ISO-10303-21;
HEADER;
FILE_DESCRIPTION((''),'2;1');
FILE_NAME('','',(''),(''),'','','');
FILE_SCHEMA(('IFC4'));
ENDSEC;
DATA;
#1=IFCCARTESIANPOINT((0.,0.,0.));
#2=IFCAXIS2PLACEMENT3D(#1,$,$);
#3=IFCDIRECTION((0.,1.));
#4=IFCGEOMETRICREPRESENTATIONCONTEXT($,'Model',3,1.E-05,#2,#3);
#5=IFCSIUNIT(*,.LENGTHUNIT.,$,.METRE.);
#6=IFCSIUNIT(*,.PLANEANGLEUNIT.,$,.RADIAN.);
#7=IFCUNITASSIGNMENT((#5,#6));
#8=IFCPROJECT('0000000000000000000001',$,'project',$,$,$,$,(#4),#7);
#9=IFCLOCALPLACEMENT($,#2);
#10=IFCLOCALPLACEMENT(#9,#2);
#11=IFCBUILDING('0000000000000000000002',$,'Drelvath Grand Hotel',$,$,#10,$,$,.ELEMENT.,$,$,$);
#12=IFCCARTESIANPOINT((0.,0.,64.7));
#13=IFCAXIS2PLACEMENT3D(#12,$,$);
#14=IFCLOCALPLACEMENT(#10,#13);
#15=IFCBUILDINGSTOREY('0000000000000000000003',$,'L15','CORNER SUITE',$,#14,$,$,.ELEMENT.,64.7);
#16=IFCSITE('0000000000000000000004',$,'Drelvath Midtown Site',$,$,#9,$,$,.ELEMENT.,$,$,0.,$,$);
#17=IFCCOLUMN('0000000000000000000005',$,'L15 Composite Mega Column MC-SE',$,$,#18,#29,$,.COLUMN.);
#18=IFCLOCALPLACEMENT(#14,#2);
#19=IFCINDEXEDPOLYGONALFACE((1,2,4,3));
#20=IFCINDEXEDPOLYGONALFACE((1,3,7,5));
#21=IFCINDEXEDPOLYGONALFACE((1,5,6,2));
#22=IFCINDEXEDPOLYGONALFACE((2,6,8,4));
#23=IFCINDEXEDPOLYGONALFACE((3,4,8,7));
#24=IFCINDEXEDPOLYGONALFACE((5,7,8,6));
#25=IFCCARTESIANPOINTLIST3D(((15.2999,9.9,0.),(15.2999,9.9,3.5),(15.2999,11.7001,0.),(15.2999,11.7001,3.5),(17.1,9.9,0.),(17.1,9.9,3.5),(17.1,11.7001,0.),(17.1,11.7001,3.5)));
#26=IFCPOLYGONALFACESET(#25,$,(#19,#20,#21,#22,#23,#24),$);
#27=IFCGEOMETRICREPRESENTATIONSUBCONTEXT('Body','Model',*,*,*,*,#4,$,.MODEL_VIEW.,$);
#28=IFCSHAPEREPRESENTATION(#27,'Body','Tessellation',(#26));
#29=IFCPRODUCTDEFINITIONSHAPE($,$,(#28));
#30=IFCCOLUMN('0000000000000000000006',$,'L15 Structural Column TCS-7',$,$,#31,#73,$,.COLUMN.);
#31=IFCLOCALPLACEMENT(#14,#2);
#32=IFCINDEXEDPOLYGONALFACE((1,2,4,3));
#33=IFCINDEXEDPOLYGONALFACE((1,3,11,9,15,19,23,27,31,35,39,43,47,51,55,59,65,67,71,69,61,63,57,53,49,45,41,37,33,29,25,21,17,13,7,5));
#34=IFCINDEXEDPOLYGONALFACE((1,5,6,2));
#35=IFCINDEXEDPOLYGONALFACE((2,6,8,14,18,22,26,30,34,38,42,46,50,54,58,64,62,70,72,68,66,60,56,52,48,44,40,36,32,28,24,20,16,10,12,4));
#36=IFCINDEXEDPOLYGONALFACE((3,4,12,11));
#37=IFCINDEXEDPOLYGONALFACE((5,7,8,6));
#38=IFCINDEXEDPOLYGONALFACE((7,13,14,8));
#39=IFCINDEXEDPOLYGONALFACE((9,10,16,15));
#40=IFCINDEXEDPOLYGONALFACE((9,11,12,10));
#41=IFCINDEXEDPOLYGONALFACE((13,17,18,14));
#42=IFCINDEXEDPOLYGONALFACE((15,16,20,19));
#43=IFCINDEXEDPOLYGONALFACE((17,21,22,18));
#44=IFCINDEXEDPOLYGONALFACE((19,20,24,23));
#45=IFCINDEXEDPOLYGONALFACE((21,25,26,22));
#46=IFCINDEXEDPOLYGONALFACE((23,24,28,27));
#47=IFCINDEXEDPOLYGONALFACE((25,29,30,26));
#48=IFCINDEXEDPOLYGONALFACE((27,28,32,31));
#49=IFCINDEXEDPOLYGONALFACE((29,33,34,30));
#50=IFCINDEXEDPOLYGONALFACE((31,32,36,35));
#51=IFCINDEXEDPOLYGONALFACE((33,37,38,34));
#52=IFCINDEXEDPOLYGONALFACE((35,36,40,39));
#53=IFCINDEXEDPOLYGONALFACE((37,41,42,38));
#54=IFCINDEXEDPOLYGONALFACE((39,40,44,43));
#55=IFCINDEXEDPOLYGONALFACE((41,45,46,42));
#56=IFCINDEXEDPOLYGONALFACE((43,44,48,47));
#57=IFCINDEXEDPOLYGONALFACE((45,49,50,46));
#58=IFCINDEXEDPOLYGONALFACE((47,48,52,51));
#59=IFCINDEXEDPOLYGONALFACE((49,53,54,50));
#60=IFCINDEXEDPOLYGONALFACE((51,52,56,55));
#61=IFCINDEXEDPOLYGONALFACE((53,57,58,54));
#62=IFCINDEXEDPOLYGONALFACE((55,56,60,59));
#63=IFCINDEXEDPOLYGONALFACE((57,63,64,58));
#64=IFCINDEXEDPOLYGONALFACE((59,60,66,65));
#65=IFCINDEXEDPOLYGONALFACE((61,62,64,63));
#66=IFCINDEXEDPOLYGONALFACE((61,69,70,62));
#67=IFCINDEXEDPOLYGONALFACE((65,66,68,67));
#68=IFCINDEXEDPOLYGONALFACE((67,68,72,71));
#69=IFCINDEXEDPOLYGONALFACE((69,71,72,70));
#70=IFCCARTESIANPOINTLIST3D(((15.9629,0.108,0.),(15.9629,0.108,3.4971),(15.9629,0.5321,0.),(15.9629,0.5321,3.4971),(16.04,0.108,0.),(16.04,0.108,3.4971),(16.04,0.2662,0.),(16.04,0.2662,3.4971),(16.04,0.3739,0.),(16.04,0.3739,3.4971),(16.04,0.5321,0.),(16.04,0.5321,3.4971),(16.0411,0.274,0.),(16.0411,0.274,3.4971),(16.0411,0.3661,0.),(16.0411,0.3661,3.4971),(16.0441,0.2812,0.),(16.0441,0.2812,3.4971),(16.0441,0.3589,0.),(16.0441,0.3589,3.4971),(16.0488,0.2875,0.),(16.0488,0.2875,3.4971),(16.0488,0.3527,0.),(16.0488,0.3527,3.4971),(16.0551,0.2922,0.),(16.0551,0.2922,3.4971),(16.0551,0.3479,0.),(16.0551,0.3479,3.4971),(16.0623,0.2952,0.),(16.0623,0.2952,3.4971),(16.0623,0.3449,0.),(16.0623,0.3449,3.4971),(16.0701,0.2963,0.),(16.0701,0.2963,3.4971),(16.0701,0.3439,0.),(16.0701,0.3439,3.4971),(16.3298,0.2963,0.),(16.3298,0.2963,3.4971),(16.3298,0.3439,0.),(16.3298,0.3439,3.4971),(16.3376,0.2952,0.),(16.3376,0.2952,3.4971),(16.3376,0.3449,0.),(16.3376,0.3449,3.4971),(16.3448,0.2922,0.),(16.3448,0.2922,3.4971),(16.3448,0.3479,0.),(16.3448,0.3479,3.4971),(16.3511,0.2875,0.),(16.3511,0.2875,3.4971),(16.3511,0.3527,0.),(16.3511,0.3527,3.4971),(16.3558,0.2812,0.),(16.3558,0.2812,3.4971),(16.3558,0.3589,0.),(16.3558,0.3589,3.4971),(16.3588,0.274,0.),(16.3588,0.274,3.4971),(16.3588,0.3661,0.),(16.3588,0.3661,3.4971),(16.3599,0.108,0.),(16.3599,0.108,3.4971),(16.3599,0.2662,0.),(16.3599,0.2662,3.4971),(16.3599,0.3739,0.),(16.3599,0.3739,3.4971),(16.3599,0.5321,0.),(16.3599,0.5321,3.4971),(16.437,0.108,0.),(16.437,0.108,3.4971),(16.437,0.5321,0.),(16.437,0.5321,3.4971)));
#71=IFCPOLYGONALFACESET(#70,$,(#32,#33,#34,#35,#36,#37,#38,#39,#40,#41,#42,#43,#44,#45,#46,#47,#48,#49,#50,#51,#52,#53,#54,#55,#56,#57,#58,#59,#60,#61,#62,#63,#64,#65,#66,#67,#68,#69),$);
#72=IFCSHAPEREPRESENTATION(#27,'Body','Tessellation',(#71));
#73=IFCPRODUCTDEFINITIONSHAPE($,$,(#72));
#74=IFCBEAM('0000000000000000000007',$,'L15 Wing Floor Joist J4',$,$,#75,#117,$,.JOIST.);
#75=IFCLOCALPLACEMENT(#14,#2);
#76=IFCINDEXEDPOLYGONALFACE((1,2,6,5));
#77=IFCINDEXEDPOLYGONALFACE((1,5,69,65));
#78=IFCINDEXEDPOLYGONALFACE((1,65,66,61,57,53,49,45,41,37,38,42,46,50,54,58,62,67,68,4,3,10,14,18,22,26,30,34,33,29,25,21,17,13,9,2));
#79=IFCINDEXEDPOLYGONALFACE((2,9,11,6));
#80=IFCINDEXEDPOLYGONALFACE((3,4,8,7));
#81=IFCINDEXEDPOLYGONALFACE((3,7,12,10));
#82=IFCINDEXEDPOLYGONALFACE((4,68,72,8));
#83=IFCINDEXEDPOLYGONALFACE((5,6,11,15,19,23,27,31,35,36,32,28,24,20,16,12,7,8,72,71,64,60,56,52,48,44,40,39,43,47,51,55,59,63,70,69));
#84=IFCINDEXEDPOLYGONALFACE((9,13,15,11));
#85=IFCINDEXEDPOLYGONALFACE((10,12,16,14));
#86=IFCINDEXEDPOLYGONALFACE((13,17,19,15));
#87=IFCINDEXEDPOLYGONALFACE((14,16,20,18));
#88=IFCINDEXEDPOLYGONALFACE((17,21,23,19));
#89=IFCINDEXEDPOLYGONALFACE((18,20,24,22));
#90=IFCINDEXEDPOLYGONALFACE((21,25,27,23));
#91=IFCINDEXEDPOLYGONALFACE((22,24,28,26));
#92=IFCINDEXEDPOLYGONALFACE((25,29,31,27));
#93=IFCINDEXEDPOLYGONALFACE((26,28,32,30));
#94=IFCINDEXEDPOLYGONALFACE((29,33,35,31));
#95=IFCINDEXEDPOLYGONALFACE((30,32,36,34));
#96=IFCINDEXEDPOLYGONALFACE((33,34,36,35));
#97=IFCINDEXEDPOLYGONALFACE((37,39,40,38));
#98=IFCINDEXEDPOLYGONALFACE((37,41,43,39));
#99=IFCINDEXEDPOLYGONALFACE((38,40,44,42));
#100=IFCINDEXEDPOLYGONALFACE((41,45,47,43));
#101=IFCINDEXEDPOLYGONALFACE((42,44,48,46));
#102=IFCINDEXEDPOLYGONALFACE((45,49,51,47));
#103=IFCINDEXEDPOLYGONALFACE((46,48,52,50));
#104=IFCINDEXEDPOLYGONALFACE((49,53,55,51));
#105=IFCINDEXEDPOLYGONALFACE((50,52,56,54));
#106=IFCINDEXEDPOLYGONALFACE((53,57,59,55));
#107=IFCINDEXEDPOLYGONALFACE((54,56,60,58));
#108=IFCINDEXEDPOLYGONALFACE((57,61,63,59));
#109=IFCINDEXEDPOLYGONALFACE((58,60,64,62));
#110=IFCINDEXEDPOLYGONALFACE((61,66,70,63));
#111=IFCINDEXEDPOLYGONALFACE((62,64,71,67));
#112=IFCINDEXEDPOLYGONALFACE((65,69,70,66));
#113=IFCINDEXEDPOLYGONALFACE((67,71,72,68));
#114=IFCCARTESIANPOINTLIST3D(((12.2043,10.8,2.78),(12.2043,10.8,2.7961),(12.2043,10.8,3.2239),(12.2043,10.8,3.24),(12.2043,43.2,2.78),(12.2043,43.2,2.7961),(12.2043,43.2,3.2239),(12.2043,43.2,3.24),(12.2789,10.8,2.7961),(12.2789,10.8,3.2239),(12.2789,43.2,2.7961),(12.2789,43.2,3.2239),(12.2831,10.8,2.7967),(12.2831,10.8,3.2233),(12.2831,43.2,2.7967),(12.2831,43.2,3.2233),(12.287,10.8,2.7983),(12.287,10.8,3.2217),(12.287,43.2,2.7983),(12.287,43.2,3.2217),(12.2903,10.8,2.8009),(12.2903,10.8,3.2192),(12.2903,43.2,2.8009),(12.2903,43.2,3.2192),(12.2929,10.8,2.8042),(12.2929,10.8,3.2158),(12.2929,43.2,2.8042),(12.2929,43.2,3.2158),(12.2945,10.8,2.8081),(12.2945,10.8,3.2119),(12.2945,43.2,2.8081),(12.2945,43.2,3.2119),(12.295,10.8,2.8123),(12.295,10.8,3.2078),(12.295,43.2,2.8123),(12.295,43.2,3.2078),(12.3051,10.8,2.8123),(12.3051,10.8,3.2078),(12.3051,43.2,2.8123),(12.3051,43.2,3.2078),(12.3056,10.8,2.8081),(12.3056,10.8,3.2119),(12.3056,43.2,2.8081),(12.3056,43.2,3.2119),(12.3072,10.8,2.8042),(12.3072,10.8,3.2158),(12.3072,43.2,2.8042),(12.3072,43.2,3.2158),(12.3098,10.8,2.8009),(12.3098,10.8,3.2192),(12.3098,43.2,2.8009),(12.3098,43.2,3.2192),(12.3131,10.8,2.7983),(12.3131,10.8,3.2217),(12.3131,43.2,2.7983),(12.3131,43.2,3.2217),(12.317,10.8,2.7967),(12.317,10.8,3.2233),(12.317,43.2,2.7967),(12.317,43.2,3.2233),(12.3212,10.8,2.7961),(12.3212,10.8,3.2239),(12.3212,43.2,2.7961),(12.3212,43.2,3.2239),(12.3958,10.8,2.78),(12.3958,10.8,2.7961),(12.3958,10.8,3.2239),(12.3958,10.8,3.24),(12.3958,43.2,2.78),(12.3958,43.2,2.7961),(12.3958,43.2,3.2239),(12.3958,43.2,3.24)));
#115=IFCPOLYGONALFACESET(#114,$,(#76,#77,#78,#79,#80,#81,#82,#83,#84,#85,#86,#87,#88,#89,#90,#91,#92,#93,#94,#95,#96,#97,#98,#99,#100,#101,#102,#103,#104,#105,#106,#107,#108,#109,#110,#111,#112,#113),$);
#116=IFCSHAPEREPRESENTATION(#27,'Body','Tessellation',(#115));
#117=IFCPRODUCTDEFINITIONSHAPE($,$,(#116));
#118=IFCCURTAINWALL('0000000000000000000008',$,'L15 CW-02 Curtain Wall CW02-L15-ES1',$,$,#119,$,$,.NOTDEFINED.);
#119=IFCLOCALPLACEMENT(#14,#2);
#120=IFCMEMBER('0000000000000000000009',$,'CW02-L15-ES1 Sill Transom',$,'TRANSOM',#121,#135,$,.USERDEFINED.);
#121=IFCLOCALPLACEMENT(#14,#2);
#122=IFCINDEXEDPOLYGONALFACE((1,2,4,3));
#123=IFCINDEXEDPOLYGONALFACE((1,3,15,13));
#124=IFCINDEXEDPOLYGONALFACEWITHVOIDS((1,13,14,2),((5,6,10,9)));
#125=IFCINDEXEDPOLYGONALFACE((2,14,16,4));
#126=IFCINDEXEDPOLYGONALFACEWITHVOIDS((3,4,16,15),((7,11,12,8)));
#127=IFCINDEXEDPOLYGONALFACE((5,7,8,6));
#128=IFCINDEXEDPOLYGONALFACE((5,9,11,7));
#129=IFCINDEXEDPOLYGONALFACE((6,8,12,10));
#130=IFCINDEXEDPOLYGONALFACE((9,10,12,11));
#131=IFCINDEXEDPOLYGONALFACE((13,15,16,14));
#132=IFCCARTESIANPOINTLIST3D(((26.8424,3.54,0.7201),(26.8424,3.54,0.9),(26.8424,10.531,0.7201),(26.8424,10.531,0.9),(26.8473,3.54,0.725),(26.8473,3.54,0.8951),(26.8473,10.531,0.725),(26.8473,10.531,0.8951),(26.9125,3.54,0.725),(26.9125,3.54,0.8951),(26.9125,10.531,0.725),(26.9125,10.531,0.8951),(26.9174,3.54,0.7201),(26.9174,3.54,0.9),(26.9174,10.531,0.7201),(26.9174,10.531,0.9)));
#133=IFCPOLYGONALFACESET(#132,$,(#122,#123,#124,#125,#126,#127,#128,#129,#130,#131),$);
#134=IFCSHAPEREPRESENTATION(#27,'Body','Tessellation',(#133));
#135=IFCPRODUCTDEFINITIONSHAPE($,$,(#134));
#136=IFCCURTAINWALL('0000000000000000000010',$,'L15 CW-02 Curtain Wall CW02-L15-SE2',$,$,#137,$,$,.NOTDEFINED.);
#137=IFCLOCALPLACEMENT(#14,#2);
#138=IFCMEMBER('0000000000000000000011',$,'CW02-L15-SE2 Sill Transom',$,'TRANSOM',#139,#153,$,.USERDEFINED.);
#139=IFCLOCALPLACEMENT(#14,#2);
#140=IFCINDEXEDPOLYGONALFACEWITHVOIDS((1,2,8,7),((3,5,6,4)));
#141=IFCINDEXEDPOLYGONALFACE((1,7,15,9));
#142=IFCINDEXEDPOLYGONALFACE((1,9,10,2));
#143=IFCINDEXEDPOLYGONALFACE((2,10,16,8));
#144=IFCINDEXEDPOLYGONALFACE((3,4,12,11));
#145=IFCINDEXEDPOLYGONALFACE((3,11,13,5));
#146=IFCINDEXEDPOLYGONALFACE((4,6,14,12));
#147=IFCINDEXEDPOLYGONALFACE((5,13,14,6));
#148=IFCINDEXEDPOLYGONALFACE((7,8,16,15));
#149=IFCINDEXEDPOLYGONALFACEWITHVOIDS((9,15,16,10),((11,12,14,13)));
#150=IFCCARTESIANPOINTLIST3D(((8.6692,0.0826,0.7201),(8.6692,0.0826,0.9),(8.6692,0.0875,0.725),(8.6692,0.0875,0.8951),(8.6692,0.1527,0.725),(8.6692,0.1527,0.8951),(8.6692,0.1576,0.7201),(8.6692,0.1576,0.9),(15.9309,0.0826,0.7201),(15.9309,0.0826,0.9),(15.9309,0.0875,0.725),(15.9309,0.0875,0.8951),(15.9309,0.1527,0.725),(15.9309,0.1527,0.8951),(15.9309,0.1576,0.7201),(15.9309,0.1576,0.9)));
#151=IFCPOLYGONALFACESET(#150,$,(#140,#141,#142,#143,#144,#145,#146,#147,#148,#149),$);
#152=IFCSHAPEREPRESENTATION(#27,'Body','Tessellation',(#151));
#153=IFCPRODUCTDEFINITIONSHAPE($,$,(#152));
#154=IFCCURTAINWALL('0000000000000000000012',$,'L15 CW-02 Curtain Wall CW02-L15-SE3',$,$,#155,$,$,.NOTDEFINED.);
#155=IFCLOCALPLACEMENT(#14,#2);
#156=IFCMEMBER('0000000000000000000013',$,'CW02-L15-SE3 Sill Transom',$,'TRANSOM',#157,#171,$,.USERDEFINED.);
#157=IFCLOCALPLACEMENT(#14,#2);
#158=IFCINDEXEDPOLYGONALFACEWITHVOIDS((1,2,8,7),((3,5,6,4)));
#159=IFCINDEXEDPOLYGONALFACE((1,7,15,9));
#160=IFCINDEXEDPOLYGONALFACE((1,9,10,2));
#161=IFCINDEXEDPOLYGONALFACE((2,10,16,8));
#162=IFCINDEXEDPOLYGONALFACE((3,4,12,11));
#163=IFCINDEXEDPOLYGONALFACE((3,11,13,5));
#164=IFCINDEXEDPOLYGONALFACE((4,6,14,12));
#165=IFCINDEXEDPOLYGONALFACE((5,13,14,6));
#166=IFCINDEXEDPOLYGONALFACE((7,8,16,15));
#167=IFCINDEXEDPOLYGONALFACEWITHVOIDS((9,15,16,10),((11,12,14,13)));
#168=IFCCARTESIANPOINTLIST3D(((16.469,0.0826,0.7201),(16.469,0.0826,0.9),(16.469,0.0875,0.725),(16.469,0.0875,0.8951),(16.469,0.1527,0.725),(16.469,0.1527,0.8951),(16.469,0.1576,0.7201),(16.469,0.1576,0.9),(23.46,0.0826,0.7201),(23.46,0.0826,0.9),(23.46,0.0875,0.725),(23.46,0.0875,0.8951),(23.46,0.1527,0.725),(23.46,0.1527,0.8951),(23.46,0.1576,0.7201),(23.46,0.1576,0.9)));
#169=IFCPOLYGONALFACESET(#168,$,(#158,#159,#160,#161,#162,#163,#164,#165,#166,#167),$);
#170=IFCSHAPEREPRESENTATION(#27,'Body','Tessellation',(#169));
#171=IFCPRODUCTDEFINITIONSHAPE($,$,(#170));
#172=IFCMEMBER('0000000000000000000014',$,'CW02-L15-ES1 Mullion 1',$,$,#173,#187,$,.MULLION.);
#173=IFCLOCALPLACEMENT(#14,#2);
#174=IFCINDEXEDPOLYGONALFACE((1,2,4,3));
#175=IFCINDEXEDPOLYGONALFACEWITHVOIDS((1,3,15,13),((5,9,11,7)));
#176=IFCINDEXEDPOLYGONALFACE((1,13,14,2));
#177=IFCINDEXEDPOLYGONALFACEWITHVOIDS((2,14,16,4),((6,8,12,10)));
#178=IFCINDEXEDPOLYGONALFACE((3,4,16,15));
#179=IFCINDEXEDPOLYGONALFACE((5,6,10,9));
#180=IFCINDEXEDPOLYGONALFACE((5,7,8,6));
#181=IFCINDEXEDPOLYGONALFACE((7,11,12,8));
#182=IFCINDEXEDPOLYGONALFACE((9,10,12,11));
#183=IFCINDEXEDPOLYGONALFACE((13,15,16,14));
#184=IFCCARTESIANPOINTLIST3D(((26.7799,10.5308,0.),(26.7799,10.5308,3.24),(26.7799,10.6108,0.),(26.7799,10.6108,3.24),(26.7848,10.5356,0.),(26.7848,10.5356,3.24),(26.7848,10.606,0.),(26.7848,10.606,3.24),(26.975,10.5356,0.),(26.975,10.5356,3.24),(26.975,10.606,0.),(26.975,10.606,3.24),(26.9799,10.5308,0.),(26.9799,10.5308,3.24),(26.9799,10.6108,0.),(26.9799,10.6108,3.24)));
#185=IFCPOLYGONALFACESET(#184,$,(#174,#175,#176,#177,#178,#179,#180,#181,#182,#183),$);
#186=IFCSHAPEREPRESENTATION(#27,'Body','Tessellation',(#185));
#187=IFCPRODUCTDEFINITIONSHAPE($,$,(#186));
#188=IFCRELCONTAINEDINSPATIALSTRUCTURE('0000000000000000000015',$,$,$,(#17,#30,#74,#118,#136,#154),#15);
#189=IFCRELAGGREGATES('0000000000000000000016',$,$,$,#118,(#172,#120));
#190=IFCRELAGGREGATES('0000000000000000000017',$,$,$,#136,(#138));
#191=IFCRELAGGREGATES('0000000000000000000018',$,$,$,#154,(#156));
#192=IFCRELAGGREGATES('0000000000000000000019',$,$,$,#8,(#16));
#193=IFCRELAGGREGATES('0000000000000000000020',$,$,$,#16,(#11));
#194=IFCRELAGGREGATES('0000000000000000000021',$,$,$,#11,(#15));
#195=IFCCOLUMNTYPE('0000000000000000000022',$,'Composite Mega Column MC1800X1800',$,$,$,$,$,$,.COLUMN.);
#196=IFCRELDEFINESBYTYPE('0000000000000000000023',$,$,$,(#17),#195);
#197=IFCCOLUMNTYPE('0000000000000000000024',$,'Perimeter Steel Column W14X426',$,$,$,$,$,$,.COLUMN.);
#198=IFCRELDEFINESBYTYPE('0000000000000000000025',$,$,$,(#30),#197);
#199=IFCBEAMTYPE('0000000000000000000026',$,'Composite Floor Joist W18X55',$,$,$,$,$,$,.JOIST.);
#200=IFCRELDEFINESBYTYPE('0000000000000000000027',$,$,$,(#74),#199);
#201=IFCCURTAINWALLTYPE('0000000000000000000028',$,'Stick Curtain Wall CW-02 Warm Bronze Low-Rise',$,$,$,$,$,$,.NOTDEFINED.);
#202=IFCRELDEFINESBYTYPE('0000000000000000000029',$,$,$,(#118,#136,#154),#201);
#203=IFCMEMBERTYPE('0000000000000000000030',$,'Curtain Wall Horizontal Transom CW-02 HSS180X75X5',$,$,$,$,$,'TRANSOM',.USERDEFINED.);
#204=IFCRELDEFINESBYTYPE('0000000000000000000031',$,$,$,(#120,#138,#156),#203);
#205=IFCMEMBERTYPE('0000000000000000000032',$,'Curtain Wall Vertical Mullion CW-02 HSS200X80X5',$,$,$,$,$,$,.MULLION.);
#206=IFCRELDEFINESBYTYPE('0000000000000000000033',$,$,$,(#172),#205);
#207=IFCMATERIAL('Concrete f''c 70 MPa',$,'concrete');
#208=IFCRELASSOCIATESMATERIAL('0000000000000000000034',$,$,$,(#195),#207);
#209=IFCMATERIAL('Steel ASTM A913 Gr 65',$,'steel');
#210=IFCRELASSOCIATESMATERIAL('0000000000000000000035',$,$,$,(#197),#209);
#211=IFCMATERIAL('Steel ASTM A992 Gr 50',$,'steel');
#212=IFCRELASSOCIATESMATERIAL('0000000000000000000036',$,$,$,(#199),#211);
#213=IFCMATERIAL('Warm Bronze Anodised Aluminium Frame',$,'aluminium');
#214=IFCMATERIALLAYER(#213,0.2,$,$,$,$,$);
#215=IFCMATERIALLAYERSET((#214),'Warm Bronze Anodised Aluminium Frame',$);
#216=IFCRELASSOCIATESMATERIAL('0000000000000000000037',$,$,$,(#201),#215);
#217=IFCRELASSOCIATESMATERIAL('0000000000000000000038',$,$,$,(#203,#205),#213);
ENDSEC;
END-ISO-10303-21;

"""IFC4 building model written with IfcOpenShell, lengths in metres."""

from ifc_helpers import new_model, si_unit, direction, frame, origin, origin_2d, place, context, subcontext, project, spatial, rectangle, hollow_rectangle, i_section, extrude, material, layer, layer_set, material_profile, profile_set, type_object, element, aggregate, save


model = new_model("IFC4")

# Units and contexts
model_context = context("Model", 3, precision=1e-05, world=origin(), true_north=direction((0.0, 1.0)))
body_context = subcontext(model_context, "Body", "Model", "MODEL_VIEW")
ifc_project = project(units=[si_unit("LENGTHUNIT", "METRE"), si_unit("PLANEANGLEUNIT", "RADIAN")], contexts=[model_context])

# Site, building, storey
site_placement = place(None, origin())
site = spatial("IfcSite", under=ifc_project, at=site_placement, Name="Drelvath Midtown Site", CompositionType="ELEMENT", RefElevation=0.0)
building_placement = place(site_placement, origin())
building = spatial("IfcBuilding", under=site, at=building_placement, Name="Drelvath Grand Hotel", CompositionType="ELEMENT")
storey_placement = place(building_placement, frame((0.0, 0.0, 64.7)))
storey = spatial("IfcBuildingStorey", under=building, at=storey_placement, Name="L15", Description="CORNER SUITE", CompositionType="ELEMENT", Elevation=64.7)

# Columns
ifc_material_1 = material(Name="Concrete f'c 70 MPa", Category="concrete")
ifc_material_profile_1 = material_profile(ifc_material_1, rectangle(XDim=1.8, YDim=1.8, at=origin_2d()), Name="MC1800X1800")
ifc_profile_set_1 = profile_set([ifc_material_profile_1], Name="Concrete f'c 70 MPa")
column_type_1 = type_object("IfcColumnType", Name="Composite Mega Column MC1800X1800", PredefinedType="COLUMN", material=ifc_profile_set_1)
column_1_placement = place(storey_placement, frame((16.2, 10.8, 0.0), z_axis=(0.0, 0.0, 1.0), x_axis=(1.0, 0.0, 0.0)))
element("IfcColumn", 1, at=column_1_placement, inside=storey, type_object=column_type_1, Name="L15 Composite Mega Column MC-SE", PredefinedType="COLUMN", context=body_context, shape_type="SweptSolid", body=[
    extrude(rectangle(XDim=1.8, YDim=1.8, at=origin_2d()), origin(), (0.0, 0.0, 1.0), 3.5),
])
ifc_material_2 = material(Name="Steel ASTM A913 Gr 65", Category="steel")
ifc_material_profile_2 = material_profile(ifc_material_2, i_section(OverallWidth=0.4241, OverallDepth=0.4741, WebThickness=0.0476, FlangeThickness=0.0771, FilletRadius=0.03, at=origin_2d()), Name="W14X426")
ifc_profile_set_2 = profile_set([ifc_material_profile_2], Name="Steel ASTM A913 Gr 65")
column_type_2 = type_object("IfcColumnType", Name="Perimeter Steel Column W14X426", PredefinedType="COLUMN", material=ifc_profile_set_2)
column_2_placement = place(storey_placement, frame((16.2, 0.3201, 0.0), z_axis=(0.0, 0.0, 1.0), x_axis=(0.0, 1.0, 0.0)))
element("IfcColumn", 2, at=column_2_placement, inside=storey, type_object=column_type_2, Name="L15 Structural Column TCS-7", PredefinedType="COLUMN", context=body_context, shape_type="SweptSolid", body=[
    extrude(i_section(OverallWidth=0.4241, OverallDepth=0.4741, WebThickness=0.0476, FlangeThickness=0.0771, FilletRadius=0.03, at=origin_2d()), origin(), (0.0, 0.0, 1.0), 3.4971),
])

# Beam
ifc_material_3 = material(Name="Steel ASTM A992 Gr 50", Category="steel")
ifc_material_profile_3 = material_profile(ifc_material_3, i_section(OverallWidth=0.1914, OverallDepth=0.46, WebThickness=0.01, FlangeThickness=0.0161, FilletRadius=0.0161, at=origin_2d()), Name="W18X55")
ifc_profile_set_3 = profile_set([ifc_material_profile_3], Name="Steel ASTM A992 Gr 50")
beam_type_1 = type_object("IfcBeamType", Name="Composite Floor Joist W18X55", PredefinedType="JOIST", material=ifc_profile_set_3)
beam_1_placement = place(storey_placement, frame((12.3, 10.8, 3.01), z_axis=(0.0, 1.0, 0.0), x_axis=(-1.0, 0.0, 0.0)))
element("IfcBeam", 3, at=beam_1_placement, inside=storey, type_object=beam_type_1, Name="L15 Wing Floor Joist J4", PredefinedType="JOIST", context=body_context, shape_type="SweptSolid", body=[
    extrude(i_section(OverallWidth=0.1914, OverallDepth=0.46, WebThickness=0.01, FlangeThickness=0.0161, FilletRadius=0.0161, at=origin_2d()), origin(), (0.0, 0.0, 1.0), 32.3999),
])

# Curtain walls, members
ifc_material_4 = material(Name="Warm Bronze Anodised Aluminium Frame", Category="aluminium")
ifc_layer_1 = layer(ifc_material_4, 0.2)
ifc_layer_set_1 = layer_set([ifc_layer_1], Name="Warm Bronze Anodised Aluminium Frame")
curtain_wall_type = type_object("IfcCurtainWallType", Name="Stick Curtain Wall CW-02 Warm Bronze Low-Rise", PredefinedType="NOTDEFINED", material=ifc_layer_set_1)
curtain_wall_1_placement = place(storey_placement, origin())
curtain_wall_1 = element("IfcCurtainWall", 4, at=curtain_wall_1_placement, inside=storey, type_object=curtain_wall_type, Name="L15 CW-02 Curtain Wall CW02-L15-ES1", PredefinedType="NOTDEFINED")
ifc_material_profile_4 = material_profile(ifc_material_4, hollow_rectangle(XDim=0.075, YDim=0.1799, WallThickness=0.0049, at=origin_2d()), Name="HSS180X75X5")
ifc_profile_set_4 = profile_set([ifc_material_profile_4], Name="Warm Bronze Anodised Aluminium Frame")
member_type_1 = type_object("IfcMemberType", Name="Curtain Wall Horizontal Transom CW-02 HSS180X75X5", ElementType="TRANSOM", PredefinedType="USERDEFINED", material=ifc_profile_set_4)
member_1_placement = place(storey_placement, frame((26.8799, 10.531, 0.8101), z_axis=(0.0, -1.0, 0.0), x_axis=(1.0, 0.0, 0.0)))
member_1 = element("IfcMember", 5, at=member_1_placement, type_object=member_type_1, Name="CW02-L15-ES1 Sill Transom", ObjectType="TRANSOM", PredefinedType="USERDEFINED", context=body_context, shape_type="SweptSolid", body=[
    extrude(hollow_rectangle(XDim=0.075, YDim=0.1799, WallThickness=0.0049, at=origin_2d()), origin(), (0.0, 0.0, 1.0), 6.991),
])
curtain_wall_2_placement = place(storey_placement, origin())
curtain_wall_2 = element("IfcCurtainWall", 6, at=curtain_wall_2_placement, inside=storey, type_object=curtain_wall_type, Name="L15 CW-02 Curtain Wall CW02-L15-SE2", PredefinedType="NOTDEFINED")
member_2_placement = place(storey_placement, frame((15.9309, 0.1201, 0.8101), z_axis=(-1.0, 0.0, 0.0), x_axis=(0.0, -1.0, 0.0)))
member_2 = element("IfcMember", 7, at=member_2_placement, type_object=member_type_1, Name="CW02-L15-SE2 Sill Transom", ObjectType="TRANSOM", PredefinedType="USERDEFINED", context=body_context, shape_type="SweptSolid", body=[
    extrude(hollow_rectangle(XDim=0.075, YDim=0.1799, WallThickness=0.0049, at=origin_2d()), origin(), (0.0, 0.0, 1.0), 7.2617),
])
curtain_wall_3_placement = place(storey_placement, origin())
curtain_wall_3 = element("IfcCurtainWall", 8, at=curtain_wall_3_placement, inside=storey, type_object=curtain_wall_type, Name="L15 CW-02 Curtain Wall CW02-L15-SE3", PredefinedType="NOTDEFINED")
member_3_placement = place(storey_placement, frame((23.46, 0.1201, 0.8101), z_axis=(-1.0, 0.0, 0.0), x_axis=(0.0, -1.0, 0.0)))
member_3 = element("IfcMember", 9, at=member_3_placement, type_object=member_type_1, Name="CW02-L15-SE3 Sill Transom", ObjectType="TRANSOM", PredefinedType="USERDEFINED", context=body_context, shape_type="SweptSolid", body=[
    extrude(hollow_rectangle(XDim=0.075, YDim=0.1799, WallThickness=0.0049, at=origin_2d()), origin(), (0.0, 0.0, 1.0), 6.991),
])

# Member
ifc_material_profile_5 = material_profile(ifc_material_4, hollow_rectangle(XDim=0.0801, YDim=0.2, WallThickness=0.0049, at=origin_2d()), Name="HSS200X80X5")
ifc_profile_set_5 = profile_set([ifc_material_profile_5], Name="Warm Bronze Anodised Aluminium Frame")
member_type_2 = type_object("IfcMemberType", Name="Curtain Wall Vertical Mullion CW-02 HSS200X80X5", PredefinedType="MULLION", material=ifc_profile_set_5)
member_4_placement = place(storey_placement, frame((26.8799, 10.5708, 0.0), z_axis=(0.0, 0.0, 1.0), x_axis=(0.0, 1.0, 0.0)))
member_4 = element("IfcMember", 10, at=member_4_placement, type_object=member_type_2, Name="CW02-L15-ES1 Mullion 1", PredefinedType="MULLION", context=body_context, shape_type="SweptSolid", body=[
    extrude(hollow_rectangle(XDim=0.0801, YDim=0.2, WallThickness=0.0049, at=origin_2d()), origin(), (0.0, 0.0, 1.0), 3.24),
])

aggregate(curtain_wall_1, [member_4, member_1])
aggregate(curtain_wall_2, [member_2])
aggregate(curtain_wall_3, [member_3])

save(model, "model.ifc")
